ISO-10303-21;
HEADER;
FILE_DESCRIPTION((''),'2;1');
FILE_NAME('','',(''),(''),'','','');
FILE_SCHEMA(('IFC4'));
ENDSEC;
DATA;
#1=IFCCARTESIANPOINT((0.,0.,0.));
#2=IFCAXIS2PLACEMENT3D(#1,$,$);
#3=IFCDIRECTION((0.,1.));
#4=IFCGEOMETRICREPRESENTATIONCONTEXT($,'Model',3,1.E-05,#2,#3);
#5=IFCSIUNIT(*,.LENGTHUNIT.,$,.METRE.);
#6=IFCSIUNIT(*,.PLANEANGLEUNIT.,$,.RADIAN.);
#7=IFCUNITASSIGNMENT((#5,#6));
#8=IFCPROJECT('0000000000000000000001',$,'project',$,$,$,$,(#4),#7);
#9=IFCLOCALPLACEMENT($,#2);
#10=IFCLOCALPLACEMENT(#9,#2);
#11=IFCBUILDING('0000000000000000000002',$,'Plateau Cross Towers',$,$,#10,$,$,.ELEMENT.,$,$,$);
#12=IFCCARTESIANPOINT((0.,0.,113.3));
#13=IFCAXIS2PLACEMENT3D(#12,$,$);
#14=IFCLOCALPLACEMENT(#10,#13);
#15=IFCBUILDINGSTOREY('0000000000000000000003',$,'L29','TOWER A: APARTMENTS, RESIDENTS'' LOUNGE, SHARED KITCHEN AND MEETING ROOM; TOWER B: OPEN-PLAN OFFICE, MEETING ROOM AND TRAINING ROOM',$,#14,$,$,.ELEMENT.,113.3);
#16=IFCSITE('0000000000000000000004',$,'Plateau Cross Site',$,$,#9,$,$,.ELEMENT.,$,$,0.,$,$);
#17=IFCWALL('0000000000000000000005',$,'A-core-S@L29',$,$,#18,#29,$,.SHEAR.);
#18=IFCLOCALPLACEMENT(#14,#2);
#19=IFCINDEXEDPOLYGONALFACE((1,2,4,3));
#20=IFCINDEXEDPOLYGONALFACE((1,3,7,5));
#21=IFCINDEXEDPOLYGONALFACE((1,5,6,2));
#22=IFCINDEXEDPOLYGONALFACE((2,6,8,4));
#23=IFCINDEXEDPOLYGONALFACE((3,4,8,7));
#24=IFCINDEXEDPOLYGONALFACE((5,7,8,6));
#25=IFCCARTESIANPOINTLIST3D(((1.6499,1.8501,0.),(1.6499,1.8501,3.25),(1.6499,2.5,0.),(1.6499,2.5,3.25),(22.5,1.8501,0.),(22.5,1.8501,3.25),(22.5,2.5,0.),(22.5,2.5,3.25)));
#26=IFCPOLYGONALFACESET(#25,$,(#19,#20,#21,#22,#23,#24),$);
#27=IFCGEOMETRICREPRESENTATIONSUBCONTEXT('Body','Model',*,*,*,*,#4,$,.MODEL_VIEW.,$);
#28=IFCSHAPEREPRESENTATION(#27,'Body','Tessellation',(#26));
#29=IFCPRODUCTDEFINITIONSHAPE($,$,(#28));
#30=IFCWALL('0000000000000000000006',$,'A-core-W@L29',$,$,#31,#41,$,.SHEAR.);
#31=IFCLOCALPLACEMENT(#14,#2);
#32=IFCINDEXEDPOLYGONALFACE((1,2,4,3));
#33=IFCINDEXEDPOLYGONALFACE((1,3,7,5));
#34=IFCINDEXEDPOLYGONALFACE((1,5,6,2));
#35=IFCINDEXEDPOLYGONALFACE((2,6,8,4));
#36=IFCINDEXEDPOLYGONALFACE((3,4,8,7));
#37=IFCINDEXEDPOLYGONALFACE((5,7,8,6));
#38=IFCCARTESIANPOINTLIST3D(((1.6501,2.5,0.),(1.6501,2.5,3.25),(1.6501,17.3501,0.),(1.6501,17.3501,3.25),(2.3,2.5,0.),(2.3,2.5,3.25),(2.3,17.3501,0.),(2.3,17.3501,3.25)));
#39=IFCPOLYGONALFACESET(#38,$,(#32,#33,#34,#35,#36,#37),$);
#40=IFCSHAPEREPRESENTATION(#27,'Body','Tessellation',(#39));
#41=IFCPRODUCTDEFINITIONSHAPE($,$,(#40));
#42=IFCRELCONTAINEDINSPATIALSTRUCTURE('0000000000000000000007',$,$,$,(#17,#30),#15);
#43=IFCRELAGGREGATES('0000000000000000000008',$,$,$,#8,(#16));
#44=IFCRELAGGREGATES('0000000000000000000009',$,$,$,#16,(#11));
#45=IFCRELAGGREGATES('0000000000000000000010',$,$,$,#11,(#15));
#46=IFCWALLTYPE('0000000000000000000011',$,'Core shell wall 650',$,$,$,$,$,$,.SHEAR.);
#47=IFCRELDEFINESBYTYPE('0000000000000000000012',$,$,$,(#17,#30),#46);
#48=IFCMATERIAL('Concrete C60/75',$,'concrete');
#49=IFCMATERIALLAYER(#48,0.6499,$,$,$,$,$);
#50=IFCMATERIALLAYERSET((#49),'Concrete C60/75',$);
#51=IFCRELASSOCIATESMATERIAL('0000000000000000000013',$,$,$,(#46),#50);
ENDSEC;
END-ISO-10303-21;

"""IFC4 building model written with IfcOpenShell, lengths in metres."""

from ifc_helpers import new_model, si_unit, direction, frame, frame_2d, origin, place, context, subcontext, project, spatial, rectangle, extrude, material, layer, layer_set, type_object, element, save


model = new_model("IFC4")

# Units and contexts
model_context = context("Model", 3, precision=1e-05, world=origin(), true_north=direction((0.0, 1.0)))
body_context = subcontext(model_context, "Body", "Model", "MODEL_VIEW")
ifc_project = project(units=[si_unit("LENGTHUNIT", "METRE"), si_unit("PLANEANGLEUNIT", "RADIAN")], contexts=[model_context])

# Site, building, storey
site_placement = place(None, origin())
site = spatial("IfcSite", under=ifc_project, at=site_placement, Name="Plateau Cross Site", CompositionType="ELEMENT", RefElevation=0.0)
building_placement = place(site_placement, origin())
building = spatial("IfcBuilding", under=site, at=building_placement, Name="Plateau Cross Towers", CompositionType="ELEMENT")
storey_placement = place(building_placement, frame((0.0, 0.0, 113.3)))
storey = spatial("IfcBuildingStorey", under=building, at=storey_placement, Name="L29", Description="TOWER A: APARTMENTS, RESIDENTS' LOUNGE, SHARED KITCHEN AND MEETING ROOM; TOWER B: OPEN-PLAN OFFICE, MEETING ROOM AND TRAINING ROOM", CompositionType="ELEMENT", Elevation=113.3)

# Shared definitions
ifc_material_1 = material(Name="Concrete C60/75", Category="concrete")

# Walls
ifc_layer_1 = layer(ifc_material_1, 0.6499)
ifc_layer_set_1 = layer_set([ifc_layer_1], Name="Concrete C60/75")
wall_type_1 = type_object("IfcWallType", Name="Core shell wall 650", PredefinedType="SHEAR", material=ifc_layer_set_1)
wall_1_placement = place(storey_placement, frame((1.6499, 2.175, 0.0), z_axis=(0.0, 0.0, 1.0), x_axis=(1.0, 0.0, 0.0)))
element("IfcWall", 1, at=wall_1_placement, inside=storey, type_object=wall_type_1, Name="A-core-S@L29", PredefinedType="SHEAR", context=body_context, shape_type="SweptSolid", body=[
    extrude(rectangle(XDim=20.8501, YDim=0.6499, at=frame_2d((10.425, 0.0))), origin(), (0.0, 0.0, 1.0), 3.25),
])
wall_2_placement = place(storey_placement, frame((1.9751, 2.5, 0.0), z_axis=(0.0, 0.0, 1.0), x_axis=(0.0, 1.0, 0.0)))
element("IfcWall", 2, at=wall_2_placement, inside=storey, type_object=wall_type_1, Name="A-core-W@L29", PredefinedType="SHEAR", context=body_context, shape_type="SweptSolid", body=[
    extrude(rectangle(XDim=14.8501, YDim=0.6499, at=frame_2d((7.425, 0.0))), origin(), (0.0, 0.0, 1.0), 3.25),
])

save(model, "model.ifc")
